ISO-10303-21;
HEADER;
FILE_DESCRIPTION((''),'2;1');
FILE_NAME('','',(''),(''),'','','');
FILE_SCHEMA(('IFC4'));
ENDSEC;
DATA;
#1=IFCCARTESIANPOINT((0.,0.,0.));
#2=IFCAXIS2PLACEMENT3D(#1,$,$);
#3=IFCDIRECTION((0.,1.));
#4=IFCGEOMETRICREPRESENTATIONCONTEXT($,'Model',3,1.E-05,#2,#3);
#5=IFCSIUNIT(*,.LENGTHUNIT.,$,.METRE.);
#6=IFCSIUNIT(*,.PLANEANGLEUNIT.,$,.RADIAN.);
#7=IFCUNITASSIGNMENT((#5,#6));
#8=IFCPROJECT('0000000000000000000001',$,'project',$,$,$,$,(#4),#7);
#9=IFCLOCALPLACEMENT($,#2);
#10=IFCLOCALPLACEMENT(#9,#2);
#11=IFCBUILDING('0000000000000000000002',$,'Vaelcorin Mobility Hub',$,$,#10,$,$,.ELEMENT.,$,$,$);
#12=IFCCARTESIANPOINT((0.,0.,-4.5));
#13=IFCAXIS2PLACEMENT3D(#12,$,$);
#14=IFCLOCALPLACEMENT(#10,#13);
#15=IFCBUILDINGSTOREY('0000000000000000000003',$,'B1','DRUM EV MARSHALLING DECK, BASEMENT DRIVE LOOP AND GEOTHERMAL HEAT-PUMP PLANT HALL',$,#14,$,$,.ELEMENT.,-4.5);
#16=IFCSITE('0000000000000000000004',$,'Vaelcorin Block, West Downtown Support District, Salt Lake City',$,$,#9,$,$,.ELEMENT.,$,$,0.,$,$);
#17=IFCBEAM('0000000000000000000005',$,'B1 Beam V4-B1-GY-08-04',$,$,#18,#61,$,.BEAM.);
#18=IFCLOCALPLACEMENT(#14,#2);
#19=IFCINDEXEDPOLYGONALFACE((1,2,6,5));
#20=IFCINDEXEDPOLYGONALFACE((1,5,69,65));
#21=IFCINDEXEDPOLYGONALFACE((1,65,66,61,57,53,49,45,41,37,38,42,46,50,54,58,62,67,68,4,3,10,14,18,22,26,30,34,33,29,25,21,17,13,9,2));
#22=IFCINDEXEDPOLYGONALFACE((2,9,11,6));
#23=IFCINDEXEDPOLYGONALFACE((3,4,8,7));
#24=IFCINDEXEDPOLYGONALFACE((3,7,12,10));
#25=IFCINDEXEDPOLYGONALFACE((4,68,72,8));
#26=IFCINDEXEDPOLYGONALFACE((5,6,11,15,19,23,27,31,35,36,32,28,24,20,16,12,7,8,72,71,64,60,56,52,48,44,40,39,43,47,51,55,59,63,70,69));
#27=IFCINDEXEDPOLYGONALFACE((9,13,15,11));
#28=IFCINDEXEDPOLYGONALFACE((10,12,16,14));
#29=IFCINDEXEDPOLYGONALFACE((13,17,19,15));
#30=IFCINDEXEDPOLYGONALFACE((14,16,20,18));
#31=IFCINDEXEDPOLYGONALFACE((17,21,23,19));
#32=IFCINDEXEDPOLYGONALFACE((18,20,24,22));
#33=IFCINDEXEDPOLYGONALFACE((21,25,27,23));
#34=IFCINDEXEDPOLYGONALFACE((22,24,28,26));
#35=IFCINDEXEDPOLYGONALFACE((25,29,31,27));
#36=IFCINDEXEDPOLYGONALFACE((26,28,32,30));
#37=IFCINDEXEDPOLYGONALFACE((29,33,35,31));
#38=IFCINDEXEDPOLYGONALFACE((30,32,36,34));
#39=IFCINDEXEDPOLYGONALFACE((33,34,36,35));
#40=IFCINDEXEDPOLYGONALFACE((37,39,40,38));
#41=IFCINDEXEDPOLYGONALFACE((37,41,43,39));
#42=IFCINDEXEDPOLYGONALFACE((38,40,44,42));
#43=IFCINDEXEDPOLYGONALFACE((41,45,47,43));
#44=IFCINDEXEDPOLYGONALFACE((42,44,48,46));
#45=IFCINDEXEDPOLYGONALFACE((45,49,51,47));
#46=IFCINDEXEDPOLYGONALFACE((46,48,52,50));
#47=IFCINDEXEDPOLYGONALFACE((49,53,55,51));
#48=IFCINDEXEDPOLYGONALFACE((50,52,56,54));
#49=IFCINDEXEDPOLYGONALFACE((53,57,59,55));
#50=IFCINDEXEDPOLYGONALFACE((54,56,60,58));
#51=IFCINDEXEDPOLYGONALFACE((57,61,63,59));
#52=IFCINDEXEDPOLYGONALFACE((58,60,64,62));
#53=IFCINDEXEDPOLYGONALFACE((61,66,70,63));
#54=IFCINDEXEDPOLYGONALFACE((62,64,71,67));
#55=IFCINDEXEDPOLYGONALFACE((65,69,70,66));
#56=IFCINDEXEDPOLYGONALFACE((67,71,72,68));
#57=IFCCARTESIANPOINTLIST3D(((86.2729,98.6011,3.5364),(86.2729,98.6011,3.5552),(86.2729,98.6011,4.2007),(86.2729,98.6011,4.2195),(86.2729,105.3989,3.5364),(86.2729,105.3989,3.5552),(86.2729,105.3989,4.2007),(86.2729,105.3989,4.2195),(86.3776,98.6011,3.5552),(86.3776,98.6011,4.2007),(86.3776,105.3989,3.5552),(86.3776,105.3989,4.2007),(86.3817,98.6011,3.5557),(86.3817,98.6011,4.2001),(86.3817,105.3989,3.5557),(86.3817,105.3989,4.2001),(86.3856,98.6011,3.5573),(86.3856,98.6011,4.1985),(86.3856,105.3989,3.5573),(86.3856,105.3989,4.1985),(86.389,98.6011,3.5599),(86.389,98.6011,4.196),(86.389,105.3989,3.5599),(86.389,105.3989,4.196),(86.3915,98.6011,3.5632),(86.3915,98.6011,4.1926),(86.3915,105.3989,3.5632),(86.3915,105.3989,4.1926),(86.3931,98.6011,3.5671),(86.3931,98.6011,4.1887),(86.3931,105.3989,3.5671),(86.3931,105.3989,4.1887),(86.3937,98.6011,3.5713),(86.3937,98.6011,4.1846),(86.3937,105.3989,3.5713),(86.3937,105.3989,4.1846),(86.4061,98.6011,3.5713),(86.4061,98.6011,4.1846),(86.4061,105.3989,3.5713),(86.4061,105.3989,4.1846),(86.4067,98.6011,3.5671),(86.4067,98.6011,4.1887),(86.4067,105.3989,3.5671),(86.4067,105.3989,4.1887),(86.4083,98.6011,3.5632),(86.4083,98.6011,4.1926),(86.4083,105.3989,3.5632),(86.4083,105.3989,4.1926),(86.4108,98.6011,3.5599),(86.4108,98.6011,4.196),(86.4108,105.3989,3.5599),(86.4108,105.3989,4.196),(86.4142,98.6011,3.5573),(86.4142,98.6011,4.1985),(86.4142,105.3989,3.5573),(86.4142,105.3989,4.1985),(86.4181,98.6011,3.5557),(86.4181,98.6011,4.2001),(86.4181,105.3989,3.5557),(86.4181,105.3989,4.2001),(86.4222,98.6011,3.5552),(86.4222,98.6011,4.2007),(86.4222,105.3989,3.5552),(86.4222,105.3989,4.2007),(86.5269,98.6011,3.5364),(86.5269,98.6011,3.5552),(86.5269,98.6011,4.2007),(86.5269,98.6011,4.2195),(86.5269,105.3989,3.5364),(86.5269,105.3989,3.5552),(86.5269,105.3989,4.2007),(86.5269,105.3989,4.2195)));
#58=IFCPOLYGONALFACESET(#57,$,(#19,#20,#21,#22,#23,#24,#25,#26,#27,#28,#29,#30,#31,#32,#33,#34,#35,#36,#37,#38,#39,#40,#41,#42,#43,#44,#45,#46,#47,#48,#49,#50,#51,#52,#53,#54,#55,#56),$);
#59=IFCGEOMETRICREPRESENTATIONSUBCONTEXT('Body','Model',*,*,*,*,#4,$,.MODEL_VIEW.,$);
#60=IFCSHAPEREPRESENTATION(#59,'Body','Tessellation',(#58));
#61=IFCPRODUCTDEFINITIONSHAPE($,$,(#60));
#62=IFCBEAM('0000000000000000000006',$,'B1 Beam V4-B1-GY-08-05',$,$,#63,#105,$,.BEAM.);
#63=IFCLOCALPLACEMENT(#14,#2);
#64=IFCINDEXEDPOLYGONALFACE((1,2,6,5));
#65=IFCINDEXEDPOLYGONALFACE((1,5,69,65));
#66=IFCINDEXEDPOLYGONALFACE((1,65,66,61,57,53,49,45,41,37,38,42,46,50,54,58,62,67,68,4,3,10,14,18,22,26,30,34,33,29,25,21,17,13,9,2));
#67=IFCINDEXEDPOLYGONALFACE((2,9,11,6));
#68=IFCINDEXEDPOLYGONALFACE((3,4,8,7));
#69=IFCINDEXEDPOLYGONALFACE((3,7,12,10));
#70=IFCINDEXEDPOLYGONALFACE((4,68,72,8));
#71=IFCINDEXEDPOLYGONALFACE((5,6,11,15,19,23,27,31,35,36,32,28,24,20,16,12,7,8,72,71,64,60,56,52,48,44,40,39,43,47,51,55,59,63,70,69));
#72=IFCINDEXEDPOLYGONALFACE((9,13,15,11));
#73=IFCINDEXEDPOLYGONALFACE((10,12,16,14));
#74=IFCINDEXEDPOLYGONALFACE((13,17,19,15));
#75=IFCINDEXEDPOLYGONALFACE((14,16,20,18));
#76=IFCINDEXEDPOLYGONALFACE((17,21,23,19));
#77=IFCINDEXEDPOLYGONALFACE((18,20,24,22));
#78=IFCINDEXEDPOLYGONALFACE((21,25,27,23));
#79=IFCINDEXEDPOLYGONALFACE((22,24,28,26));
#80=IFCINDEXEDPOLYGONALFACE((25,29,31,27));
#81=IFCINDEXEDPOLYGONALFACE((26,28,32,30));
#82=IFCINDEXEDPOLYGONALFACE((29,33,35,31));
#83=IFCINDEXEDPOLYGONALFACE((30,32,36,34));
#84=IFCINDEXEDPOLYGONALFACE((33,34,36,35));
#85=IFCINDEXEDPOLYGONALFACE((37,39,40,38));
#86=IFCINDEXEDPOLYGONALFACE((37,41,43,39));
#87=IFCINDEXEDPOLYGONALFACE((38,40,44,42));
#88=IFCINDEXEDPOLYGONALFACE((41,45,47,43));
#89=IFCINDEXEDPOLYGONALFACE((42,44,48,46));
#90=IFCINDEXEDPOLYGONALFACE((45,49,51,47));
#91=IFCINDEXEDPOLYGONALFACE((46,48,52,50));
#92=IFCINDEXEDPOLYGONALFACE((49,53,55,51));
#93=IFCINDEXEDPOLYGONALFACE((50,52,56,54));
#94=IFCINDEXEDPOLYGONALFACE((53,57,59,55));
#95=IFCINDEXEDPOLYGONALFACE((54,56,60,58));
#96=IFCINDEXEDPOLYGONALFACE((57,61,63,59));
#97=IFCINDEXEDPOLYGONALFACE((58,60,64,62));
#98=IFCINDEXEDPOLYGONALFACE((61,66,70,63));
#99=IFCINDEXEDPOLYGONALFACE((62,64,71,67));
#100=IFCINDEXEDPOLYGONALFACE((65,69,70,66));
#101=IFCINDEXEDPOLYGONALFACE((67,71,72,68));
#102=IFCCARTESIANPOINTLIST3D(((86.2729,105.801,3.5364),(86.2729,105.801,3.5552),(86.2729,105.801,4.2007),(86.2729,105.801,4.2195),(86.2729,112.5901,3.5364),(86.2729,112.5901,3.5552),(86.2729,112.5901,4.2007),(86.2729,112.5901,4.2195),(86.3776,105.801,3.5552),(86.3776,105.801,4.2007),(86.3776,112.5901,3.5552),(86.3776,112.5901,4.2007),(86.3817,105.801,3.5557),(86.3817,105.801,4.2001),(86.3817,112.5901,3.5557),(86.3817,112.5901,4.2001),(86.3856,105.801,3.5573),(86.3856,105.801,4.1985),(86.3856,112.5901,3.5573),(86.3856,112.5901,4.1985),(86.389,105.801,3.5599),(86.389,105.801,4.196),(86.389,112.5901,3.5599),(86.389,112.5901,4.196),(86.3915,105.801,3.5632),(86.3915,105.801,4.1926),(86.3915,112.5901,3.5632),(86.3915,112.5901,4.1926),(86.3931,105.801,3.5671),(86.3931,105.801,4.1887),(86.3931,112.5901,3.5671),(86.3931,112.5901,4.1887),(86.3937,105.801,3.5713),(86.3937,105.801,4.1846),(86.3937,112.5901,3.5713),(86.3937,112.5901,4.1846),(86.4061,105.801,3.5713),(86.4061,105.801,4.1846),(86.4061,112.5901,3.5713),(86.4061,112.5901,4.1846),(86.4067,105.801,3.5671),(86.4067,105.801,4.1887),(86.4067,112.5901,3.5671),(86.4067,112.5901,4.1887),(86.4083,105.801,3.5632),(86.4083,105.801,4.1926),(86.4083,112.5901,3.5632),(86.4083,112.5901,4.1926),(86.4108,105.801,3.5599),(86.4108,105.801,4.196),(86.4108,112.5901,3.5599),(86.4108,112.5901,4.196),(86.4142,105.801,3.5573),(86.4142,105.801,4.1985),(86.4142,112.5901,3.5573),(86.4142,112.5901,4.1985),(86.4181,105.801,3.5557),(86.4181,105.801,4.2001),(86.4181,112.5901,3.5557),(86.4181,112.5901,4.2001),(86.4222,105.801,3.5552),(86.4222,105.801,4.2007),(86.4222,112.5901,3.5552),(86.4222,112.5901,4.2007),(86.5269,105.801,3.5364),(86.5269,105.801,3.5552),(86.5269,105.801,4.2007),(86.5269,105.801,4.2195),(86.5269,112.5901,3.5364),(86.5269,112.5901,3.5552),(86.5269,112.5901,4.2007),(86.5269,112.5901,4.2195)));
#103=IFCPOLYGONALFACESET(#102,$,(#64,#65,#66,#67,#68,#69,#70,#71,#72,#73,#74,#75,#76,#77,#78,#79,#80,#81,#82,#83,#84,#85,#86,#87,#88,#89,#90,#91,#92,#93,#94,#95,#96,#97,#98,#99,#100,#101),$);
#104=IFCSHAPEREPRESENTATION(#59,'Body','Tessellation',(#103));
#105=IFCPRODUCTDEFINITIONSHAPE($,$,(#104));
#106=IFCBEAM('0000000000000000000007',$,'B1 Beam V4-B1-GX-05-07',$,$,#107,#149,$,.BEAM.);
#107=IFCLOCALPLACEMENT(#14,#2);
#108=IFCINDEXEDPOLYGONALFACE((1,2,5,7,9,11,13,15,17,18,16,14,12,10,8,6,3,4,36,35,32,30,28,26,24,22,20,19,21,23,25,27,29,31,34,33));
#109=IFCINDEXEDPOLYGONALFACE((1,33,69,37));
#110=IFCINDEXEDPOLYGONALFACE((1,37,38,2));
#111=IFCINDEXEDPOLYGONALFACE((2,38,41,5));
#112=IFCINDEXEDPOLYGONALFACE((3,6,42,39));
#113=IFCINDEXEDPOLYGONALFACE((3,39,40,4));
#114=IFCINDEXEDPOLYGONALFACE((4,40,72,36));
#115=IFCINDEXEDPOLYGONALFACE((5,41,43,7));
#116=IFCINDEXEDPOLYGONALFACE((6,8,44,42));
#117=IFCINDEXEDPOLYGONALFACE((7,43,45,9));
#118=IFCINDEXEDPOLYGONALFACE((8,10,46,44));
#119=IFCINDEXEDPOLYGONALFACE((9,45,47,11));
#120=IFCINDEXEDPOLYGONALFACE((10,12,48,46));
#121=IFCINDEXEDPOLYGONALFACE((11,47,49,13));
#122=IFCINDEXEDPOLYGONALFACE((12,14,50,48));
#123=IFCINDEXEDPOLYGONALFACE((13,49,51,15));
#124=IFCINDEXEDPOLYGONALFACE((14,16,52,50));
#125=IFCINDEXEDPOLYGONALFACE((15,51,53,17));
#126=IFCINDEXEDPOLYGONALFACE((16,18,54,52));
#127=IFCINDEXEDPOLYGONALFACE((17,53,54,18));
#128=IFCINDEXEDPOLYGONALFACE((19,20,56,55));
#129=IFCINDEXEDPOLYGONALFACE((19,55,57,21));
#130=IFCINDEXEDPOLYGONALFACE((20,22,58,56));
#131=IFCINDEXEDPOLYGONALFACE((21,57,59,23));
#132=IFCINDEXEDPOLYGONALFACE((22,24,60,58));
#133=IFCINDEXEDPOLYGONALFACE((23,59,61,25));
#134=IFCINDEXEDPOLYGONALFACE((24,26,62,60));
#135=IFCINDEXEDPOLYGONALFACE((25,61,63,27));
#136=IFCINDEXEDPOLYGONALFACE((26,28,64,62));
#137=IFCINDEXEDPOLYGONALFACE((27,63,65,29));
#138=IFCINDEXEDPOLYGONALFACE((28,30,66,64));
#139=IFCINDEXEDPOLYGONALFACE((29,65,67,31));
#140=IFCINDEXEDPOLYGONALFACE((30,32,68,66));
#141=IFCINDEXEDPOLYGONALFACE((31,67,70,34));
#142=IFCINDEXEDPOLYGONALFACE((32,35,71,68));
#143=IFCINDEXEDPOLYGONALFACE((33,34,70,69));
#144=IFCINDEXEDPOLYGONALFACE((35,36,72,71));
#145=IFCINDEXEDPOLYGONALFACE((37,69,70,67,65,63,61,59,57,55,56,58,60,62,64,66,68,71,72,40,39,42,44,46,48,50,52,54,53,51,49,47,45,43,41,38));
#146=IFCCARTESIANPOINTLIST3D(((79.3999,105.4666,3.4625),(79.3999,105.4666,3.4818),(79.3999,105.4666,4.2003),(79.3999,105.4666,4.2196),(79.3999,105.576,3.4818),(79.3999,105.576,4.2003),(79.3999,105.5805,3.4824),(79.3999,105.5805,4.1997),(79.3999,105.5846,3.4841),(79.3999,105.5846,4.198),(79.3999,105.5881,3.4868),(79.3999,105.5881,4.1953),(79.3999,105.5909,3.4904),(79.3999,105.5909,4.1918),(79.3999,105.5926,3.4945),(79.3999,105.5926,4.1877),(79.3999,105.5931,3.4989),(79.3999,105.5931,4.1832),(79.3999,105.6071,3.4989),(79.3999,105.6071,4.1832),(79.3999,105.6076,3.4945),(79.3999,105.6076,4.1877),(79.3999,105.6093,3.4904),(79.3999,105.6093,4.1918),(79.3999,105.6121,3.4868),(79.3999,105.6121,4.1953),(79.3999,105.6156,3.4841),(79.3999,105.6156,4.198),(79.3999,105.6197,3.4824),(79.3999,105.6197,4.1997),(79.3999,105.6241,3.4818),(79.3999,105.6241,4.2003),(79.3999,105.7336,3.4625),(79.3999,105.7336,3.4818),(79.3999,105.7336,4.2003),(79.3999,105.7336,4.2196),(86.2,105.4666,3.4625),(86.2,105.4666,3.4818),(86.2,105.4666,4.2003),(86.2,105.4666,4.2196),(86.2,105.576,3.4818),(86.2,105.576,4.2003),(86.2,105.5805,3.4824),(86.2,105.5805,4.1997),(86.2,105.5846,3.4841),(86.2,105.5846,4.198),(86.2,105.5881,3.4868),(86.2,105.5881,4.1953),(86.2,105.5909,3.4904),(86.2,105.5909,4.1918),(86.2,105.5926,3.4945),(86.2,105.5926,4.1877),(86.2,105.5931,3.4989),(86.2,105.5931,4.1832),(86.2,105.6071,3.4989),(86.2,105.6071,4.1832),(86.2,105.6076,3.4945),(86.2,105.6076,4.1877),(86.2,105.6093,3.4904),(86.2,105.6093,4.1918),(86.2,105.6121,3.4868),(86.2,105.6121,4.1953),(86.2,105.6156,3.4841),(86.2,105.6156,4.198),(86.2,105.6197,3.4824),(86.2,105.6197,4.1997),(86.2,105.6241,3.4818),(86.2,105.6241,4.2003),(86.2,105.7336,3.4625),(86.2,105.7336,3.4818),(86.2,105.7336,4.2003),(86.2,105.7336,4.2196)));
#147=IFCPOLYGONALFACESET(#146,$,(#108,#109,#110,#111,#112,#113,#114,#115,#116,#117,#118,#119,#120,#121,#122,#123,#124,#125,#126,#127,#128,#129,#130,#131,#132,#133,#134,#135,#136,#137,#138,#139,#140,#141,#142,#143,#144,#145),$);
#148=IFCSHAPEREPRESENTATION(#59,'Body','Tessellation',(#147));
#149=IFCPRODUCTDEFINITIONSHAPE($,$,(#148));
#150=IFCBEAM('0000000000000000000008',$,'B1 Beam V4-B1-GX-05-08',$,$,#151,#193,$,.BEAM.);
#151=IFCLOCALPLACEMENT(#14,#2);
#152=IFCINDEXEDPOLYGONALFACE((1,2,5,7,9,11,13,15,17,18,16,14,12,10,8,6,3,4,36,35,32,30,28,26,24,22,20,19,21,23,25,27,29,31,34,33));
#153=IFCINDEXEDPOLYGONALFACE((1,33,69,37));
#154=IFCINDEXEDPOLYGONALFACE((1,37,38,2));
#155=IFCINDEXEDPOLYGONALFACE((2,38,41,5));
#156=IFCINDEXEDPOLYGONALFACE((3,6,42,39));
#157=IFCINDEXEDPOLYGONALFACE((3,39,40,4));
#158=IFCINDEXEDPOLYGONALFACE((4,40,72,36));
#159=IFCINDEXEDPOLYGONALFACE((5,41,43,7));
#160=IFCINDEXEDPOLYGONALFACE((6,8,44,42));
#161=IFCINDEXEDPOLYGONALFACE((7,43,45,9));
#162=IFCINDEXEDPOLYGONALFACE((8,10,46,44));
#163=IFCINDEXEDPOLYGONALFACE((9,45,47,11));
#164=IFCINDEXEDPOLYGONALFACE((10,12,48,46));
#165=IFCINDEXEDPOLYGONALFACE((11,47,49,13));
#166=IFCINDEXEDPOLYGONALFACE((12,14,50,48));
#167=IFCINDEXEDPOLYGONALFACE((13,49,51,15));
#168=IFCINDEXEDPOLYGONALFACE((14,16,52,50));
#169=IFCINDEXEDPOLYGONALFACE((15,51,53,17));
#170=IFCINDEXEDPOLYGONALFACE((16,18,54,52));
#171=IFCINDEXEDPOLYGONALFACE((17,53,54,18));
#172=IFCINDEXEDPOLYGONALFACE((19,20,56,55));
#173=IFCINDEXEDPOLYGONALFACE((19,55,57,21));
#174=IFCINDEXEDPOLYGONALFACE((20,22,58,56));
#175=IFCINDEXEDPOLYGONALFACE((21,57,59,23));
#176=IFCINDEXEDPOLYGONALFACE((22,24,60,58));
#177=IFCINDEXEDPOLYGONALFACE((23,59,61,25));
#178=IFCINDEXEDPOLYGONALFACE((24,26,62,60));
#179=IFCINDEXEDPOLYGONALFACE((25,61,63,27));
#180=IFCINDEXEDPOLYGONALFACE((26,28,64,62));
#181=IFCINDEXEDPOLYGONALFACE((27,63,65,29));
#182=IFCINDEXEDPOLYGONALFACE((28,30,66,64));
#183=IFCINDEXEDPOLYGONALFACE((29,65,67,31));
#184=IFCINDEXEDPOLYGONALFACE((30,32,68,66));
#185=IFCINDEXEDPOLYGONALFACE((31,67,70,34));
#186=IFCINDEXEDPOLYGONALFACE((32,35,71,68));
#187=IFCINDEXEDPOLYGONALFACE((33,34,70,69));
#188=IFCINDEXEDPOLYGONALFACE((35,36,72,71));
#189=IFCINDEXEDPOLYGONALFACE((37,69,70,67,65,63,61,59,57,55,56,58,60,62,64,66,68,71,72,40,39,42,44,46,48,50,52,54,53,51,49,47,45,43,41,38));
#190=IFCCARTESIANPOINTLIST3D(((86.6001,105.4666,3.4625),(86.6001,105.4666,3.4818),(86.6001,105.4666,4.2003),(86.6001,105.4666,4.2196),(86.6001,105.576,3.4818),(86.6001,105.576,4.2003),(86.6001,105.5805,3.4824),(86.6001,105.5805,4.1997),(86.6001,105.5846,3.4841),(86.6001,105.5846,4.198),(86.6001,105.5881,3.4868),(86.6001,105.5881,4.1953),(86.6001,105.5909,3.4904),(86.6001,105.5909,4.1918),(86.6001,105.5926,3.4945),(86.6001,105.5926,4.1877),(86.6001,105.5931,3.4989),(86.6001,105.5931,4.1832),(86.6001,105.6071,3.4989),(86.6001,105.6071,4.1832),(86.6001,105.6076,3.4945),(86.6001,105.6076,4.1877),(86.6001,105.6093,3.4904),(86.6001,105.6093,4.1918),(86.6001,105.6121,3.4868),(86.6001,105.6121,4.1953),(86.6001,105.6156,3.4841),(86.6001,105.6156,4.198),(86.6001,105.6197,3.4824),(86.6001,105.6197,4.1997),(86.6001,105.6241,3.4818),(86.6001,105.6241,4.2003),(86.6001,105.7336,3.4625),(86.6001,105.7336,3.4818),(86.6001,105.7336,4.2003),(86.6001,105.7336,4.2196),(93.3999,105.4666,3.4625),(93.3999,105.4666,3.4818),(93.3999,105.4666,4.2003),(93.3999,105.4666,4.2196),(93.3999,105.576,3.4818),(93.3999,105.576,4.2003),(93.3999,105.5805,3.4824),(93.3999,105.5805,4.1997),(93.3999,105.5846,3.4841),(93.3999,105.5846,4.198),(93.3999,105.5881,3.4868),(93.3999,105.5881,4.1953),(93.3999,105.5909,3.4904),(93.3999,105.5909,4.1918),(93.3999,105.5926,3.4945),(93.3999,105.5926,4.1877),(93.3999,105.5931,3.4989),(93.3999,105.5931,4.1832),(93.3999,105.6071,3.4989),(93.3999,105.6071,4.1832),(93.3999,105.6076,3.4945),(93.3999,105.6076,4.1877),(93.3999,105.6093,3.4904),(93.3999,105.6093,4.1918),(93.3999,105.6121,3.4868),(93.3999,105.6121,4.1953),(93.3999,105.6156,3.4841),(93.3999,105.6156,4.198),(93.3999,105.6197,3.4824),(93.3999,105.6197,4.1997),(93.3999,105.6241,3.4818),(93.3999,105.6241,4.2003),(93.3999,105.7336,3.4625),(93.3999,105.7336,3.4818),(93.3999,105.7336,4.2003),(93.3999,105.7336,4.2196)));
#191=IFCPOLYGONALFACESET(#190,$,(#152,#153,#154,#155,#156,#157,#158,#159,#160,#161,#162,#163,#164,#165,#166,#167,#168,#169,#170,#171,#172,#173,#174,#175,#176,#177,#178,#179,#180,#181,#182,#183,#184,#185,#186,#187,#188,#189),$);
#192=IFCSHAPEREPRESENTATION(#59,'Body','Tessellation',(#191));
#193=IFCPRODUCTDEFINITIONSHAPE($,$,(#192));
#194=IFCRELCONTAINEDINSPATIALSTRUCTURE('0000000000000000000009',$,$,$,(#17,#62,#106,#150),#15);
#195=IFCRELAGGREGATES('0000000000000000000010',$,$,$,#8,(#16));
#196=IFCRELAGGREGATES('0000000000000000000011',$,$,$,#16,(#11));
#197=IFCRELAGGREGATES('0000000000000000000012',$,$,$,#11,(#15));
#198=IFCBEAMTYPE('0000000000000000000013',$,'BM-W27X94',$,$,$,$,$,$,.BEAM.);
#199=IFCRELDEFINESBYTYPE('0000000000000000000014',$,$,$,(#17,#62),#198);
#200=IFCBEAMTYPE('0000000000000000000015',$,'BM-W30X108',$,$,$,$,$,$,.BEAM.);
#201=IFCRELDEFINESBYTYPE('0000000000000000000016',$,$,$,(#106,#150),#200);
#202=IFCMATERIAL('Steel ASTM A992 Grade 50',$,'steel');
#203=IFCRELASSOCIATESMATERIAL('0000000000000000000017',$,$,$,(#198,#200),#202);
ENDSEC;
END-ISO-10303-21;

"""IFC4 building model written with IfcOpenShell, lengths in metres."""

from ifc_helpers import new_model, si_unit, direction, frame, origin, origin_2d, place, context, subcontext, project, spatial, i_section, extrude, material, material_profile, profile_set, type_object, element, save


model = new_model("IFC4")

# Units and contexts
model_context = context("Model", 3, precision=1e-05, world=origin(), true_north=direction((0.0, 1.0)))
body_context = subcontext(model_context, "Body", "Model", "MODEL_VIEW")
ifc_project = project(units=[si_unit("LENGTHUNIT", "METRE"), si_unit("PLANEANGLEUNIT", "RADIAN")], contexts=[model_context])

# Site, building, storey
site_placement = place(None, origin())
site = spatial("IfcSite", under=ifc_project, at=site_placement, Name="Vaelcorin Block, West Downtown Support District, Salt Lake City", CompositionType="ELEMENT", RefElevation=0.0)
building_placement = place(site_placement, origin())
building = spatial("IfcBuilding", under=site, at=building_placement, Name="Vaelcorin Mobility Hub", CompositionType="ELEMENT")
storey_placement = place(building_placement, frame((0.0, 0.0, -4.5)))
storey = spatial("IfcBuildingStorey", under=building, at=storey_placement, Name="B1", Description="DRUM EV MARSHALLING DECK, BASEMENT DRIVE LOOP AND GEOTHERMAL HEAT-PUMP PLANT HALL", CompositionType="ELEMENT", Elevation=-4.5)

# Shared definitions
ifc_material_1 = material(Name="Steel ASTM A992 Grade 50", Category="steel")

# Beams
ifc_material_profile_1 = material_profile(ifc_material_1, i_section(OverallWidth=0.2539, OverallDepth=0.6831, WebThickness=0.0125, FlangeThickness=0.0188, FilletRadius=0.0161, at=origin_2d()), Name="W27X94")
ifc_profile_set_1 = profile_set([ifc_material_profile_1], Name="Steel ASTM A992 Grade 50")
beam_type_1 = type_object("IfcBeamType", Name="BM-W27X94", PredefinedType="BEAM", material=ifc_profile_set_1)
beam_1_placement = place(storey_placement, frame((86.3999, 98.6011, 3.8779), z_axis=(0.0, 1.0, 0.0), x_axis=(-1.0, 0.0, 0.0)))
element("IfcBeam", 1, at=beam_1_placement, inside=storey, type_object=beam_type_1, Name="B1 Beam V4-B1-GY-08-04", PredefinedType="BEAM", context=body_context, shape_type="SweptSolid", body=[
    extrude(i_section(OverallWidth=0.2539, OverallDepth=0.6831, WebThickness=0.0125, FlangeThickness=0.0188, FilletRadius=0.0161, at=origin_2d()), origin(), (0.0, 0.0, 1.0), 6.7979),
])
beam_2_placement = place(storey_placement, frame((86.3999, 105.801, 3.8779), z_axis=(0.0, 1.0, 0.0), x_axis=(-1.0, 0.0, 0.0)))
element("IfcBeam", 2, at=beam_2_placement, inside=storey, type_object=beam_type_1, Name="B1 Beam V4-B1-GY-08-05", PredefinedType="BEAM", context=body_context, shape_type="SweptSolid", body=[
    extrude(i_section(OverallWidth=0.2539, OverallDepth=0.6831, WebThickness=0.0125, FlangeThickness=0.0188, FilletRadius=0.0161, at=origin_2d()), origin(), (0.0, 0.0, 1.0), 6.7891),
])
ifc_material_profile_2 = material_profile(ifc_material_1, i_section(OverallWidth=0.2671, OverallDepth=0.7571, WebThickness=0.0139, FlangeThickness=0.0193, FilletRadius=0.0171, at=origin_2d()), Name="W30X108")
ifc_profile_set_2 = profile_set([ifc_material_profile_2], Name="Steel ASTM A992 Grade 50")
beam_type_2 = type_object("IfcBeamType", Name="BM-W30X108", PredefinedType="BEAM", material=ifc_profile_set_2)
beam_3_placement = place(storey_placement, frame((79.3999, 105.6001, 3.8411), z_axis=(1.0, 0.0, 0.0), x_axis=(0.0, 1.0, 0.0)))
element("IfcBeam", 3, at=beam_3_placement, inside=storey, type_object=beam_type_2, Name="B1 Beam V4-B1-GX-05-07", PredefinedType="BEAM", context=body_context, shape_type="SweptSolid", body=[
    extrude(i_section(OverallWidth=0.2671, OverallDepth=0.7571, WebThickness=0.0139, FlangeThickness=0.0193, FilletRadius=0.0171, at=origin_2d()), origin(), (0.0, 0.0, 1.0), 6.8),
])
beam_4_placement = place(storey_placement, frame((86.6001, 105.6001, 3.8411), z_axis=(1.0, 0.0, 0.0), x_axis=(0.0, 1.0, 0.0)))
element("IfcBeam", 4, at=beam_4_placement, inside=storey, type_object=beam_type_2, Name="B1 Beam V4-B1-GX-05-08", PredefinedType="BEAM", context=body_context, shape_type="SweptSolid", body=[
    extrude(i_section(OverallWidth=0.2671, OverallDepth=0.7571, WebThickness=0.0139, FlangeThickness=0.0193, FilletRadius=0.0171, at=origin_2d()), origin(), (0.0, 0.0, 1.0), 6.7998),
])

save(model, "model.ifc")
